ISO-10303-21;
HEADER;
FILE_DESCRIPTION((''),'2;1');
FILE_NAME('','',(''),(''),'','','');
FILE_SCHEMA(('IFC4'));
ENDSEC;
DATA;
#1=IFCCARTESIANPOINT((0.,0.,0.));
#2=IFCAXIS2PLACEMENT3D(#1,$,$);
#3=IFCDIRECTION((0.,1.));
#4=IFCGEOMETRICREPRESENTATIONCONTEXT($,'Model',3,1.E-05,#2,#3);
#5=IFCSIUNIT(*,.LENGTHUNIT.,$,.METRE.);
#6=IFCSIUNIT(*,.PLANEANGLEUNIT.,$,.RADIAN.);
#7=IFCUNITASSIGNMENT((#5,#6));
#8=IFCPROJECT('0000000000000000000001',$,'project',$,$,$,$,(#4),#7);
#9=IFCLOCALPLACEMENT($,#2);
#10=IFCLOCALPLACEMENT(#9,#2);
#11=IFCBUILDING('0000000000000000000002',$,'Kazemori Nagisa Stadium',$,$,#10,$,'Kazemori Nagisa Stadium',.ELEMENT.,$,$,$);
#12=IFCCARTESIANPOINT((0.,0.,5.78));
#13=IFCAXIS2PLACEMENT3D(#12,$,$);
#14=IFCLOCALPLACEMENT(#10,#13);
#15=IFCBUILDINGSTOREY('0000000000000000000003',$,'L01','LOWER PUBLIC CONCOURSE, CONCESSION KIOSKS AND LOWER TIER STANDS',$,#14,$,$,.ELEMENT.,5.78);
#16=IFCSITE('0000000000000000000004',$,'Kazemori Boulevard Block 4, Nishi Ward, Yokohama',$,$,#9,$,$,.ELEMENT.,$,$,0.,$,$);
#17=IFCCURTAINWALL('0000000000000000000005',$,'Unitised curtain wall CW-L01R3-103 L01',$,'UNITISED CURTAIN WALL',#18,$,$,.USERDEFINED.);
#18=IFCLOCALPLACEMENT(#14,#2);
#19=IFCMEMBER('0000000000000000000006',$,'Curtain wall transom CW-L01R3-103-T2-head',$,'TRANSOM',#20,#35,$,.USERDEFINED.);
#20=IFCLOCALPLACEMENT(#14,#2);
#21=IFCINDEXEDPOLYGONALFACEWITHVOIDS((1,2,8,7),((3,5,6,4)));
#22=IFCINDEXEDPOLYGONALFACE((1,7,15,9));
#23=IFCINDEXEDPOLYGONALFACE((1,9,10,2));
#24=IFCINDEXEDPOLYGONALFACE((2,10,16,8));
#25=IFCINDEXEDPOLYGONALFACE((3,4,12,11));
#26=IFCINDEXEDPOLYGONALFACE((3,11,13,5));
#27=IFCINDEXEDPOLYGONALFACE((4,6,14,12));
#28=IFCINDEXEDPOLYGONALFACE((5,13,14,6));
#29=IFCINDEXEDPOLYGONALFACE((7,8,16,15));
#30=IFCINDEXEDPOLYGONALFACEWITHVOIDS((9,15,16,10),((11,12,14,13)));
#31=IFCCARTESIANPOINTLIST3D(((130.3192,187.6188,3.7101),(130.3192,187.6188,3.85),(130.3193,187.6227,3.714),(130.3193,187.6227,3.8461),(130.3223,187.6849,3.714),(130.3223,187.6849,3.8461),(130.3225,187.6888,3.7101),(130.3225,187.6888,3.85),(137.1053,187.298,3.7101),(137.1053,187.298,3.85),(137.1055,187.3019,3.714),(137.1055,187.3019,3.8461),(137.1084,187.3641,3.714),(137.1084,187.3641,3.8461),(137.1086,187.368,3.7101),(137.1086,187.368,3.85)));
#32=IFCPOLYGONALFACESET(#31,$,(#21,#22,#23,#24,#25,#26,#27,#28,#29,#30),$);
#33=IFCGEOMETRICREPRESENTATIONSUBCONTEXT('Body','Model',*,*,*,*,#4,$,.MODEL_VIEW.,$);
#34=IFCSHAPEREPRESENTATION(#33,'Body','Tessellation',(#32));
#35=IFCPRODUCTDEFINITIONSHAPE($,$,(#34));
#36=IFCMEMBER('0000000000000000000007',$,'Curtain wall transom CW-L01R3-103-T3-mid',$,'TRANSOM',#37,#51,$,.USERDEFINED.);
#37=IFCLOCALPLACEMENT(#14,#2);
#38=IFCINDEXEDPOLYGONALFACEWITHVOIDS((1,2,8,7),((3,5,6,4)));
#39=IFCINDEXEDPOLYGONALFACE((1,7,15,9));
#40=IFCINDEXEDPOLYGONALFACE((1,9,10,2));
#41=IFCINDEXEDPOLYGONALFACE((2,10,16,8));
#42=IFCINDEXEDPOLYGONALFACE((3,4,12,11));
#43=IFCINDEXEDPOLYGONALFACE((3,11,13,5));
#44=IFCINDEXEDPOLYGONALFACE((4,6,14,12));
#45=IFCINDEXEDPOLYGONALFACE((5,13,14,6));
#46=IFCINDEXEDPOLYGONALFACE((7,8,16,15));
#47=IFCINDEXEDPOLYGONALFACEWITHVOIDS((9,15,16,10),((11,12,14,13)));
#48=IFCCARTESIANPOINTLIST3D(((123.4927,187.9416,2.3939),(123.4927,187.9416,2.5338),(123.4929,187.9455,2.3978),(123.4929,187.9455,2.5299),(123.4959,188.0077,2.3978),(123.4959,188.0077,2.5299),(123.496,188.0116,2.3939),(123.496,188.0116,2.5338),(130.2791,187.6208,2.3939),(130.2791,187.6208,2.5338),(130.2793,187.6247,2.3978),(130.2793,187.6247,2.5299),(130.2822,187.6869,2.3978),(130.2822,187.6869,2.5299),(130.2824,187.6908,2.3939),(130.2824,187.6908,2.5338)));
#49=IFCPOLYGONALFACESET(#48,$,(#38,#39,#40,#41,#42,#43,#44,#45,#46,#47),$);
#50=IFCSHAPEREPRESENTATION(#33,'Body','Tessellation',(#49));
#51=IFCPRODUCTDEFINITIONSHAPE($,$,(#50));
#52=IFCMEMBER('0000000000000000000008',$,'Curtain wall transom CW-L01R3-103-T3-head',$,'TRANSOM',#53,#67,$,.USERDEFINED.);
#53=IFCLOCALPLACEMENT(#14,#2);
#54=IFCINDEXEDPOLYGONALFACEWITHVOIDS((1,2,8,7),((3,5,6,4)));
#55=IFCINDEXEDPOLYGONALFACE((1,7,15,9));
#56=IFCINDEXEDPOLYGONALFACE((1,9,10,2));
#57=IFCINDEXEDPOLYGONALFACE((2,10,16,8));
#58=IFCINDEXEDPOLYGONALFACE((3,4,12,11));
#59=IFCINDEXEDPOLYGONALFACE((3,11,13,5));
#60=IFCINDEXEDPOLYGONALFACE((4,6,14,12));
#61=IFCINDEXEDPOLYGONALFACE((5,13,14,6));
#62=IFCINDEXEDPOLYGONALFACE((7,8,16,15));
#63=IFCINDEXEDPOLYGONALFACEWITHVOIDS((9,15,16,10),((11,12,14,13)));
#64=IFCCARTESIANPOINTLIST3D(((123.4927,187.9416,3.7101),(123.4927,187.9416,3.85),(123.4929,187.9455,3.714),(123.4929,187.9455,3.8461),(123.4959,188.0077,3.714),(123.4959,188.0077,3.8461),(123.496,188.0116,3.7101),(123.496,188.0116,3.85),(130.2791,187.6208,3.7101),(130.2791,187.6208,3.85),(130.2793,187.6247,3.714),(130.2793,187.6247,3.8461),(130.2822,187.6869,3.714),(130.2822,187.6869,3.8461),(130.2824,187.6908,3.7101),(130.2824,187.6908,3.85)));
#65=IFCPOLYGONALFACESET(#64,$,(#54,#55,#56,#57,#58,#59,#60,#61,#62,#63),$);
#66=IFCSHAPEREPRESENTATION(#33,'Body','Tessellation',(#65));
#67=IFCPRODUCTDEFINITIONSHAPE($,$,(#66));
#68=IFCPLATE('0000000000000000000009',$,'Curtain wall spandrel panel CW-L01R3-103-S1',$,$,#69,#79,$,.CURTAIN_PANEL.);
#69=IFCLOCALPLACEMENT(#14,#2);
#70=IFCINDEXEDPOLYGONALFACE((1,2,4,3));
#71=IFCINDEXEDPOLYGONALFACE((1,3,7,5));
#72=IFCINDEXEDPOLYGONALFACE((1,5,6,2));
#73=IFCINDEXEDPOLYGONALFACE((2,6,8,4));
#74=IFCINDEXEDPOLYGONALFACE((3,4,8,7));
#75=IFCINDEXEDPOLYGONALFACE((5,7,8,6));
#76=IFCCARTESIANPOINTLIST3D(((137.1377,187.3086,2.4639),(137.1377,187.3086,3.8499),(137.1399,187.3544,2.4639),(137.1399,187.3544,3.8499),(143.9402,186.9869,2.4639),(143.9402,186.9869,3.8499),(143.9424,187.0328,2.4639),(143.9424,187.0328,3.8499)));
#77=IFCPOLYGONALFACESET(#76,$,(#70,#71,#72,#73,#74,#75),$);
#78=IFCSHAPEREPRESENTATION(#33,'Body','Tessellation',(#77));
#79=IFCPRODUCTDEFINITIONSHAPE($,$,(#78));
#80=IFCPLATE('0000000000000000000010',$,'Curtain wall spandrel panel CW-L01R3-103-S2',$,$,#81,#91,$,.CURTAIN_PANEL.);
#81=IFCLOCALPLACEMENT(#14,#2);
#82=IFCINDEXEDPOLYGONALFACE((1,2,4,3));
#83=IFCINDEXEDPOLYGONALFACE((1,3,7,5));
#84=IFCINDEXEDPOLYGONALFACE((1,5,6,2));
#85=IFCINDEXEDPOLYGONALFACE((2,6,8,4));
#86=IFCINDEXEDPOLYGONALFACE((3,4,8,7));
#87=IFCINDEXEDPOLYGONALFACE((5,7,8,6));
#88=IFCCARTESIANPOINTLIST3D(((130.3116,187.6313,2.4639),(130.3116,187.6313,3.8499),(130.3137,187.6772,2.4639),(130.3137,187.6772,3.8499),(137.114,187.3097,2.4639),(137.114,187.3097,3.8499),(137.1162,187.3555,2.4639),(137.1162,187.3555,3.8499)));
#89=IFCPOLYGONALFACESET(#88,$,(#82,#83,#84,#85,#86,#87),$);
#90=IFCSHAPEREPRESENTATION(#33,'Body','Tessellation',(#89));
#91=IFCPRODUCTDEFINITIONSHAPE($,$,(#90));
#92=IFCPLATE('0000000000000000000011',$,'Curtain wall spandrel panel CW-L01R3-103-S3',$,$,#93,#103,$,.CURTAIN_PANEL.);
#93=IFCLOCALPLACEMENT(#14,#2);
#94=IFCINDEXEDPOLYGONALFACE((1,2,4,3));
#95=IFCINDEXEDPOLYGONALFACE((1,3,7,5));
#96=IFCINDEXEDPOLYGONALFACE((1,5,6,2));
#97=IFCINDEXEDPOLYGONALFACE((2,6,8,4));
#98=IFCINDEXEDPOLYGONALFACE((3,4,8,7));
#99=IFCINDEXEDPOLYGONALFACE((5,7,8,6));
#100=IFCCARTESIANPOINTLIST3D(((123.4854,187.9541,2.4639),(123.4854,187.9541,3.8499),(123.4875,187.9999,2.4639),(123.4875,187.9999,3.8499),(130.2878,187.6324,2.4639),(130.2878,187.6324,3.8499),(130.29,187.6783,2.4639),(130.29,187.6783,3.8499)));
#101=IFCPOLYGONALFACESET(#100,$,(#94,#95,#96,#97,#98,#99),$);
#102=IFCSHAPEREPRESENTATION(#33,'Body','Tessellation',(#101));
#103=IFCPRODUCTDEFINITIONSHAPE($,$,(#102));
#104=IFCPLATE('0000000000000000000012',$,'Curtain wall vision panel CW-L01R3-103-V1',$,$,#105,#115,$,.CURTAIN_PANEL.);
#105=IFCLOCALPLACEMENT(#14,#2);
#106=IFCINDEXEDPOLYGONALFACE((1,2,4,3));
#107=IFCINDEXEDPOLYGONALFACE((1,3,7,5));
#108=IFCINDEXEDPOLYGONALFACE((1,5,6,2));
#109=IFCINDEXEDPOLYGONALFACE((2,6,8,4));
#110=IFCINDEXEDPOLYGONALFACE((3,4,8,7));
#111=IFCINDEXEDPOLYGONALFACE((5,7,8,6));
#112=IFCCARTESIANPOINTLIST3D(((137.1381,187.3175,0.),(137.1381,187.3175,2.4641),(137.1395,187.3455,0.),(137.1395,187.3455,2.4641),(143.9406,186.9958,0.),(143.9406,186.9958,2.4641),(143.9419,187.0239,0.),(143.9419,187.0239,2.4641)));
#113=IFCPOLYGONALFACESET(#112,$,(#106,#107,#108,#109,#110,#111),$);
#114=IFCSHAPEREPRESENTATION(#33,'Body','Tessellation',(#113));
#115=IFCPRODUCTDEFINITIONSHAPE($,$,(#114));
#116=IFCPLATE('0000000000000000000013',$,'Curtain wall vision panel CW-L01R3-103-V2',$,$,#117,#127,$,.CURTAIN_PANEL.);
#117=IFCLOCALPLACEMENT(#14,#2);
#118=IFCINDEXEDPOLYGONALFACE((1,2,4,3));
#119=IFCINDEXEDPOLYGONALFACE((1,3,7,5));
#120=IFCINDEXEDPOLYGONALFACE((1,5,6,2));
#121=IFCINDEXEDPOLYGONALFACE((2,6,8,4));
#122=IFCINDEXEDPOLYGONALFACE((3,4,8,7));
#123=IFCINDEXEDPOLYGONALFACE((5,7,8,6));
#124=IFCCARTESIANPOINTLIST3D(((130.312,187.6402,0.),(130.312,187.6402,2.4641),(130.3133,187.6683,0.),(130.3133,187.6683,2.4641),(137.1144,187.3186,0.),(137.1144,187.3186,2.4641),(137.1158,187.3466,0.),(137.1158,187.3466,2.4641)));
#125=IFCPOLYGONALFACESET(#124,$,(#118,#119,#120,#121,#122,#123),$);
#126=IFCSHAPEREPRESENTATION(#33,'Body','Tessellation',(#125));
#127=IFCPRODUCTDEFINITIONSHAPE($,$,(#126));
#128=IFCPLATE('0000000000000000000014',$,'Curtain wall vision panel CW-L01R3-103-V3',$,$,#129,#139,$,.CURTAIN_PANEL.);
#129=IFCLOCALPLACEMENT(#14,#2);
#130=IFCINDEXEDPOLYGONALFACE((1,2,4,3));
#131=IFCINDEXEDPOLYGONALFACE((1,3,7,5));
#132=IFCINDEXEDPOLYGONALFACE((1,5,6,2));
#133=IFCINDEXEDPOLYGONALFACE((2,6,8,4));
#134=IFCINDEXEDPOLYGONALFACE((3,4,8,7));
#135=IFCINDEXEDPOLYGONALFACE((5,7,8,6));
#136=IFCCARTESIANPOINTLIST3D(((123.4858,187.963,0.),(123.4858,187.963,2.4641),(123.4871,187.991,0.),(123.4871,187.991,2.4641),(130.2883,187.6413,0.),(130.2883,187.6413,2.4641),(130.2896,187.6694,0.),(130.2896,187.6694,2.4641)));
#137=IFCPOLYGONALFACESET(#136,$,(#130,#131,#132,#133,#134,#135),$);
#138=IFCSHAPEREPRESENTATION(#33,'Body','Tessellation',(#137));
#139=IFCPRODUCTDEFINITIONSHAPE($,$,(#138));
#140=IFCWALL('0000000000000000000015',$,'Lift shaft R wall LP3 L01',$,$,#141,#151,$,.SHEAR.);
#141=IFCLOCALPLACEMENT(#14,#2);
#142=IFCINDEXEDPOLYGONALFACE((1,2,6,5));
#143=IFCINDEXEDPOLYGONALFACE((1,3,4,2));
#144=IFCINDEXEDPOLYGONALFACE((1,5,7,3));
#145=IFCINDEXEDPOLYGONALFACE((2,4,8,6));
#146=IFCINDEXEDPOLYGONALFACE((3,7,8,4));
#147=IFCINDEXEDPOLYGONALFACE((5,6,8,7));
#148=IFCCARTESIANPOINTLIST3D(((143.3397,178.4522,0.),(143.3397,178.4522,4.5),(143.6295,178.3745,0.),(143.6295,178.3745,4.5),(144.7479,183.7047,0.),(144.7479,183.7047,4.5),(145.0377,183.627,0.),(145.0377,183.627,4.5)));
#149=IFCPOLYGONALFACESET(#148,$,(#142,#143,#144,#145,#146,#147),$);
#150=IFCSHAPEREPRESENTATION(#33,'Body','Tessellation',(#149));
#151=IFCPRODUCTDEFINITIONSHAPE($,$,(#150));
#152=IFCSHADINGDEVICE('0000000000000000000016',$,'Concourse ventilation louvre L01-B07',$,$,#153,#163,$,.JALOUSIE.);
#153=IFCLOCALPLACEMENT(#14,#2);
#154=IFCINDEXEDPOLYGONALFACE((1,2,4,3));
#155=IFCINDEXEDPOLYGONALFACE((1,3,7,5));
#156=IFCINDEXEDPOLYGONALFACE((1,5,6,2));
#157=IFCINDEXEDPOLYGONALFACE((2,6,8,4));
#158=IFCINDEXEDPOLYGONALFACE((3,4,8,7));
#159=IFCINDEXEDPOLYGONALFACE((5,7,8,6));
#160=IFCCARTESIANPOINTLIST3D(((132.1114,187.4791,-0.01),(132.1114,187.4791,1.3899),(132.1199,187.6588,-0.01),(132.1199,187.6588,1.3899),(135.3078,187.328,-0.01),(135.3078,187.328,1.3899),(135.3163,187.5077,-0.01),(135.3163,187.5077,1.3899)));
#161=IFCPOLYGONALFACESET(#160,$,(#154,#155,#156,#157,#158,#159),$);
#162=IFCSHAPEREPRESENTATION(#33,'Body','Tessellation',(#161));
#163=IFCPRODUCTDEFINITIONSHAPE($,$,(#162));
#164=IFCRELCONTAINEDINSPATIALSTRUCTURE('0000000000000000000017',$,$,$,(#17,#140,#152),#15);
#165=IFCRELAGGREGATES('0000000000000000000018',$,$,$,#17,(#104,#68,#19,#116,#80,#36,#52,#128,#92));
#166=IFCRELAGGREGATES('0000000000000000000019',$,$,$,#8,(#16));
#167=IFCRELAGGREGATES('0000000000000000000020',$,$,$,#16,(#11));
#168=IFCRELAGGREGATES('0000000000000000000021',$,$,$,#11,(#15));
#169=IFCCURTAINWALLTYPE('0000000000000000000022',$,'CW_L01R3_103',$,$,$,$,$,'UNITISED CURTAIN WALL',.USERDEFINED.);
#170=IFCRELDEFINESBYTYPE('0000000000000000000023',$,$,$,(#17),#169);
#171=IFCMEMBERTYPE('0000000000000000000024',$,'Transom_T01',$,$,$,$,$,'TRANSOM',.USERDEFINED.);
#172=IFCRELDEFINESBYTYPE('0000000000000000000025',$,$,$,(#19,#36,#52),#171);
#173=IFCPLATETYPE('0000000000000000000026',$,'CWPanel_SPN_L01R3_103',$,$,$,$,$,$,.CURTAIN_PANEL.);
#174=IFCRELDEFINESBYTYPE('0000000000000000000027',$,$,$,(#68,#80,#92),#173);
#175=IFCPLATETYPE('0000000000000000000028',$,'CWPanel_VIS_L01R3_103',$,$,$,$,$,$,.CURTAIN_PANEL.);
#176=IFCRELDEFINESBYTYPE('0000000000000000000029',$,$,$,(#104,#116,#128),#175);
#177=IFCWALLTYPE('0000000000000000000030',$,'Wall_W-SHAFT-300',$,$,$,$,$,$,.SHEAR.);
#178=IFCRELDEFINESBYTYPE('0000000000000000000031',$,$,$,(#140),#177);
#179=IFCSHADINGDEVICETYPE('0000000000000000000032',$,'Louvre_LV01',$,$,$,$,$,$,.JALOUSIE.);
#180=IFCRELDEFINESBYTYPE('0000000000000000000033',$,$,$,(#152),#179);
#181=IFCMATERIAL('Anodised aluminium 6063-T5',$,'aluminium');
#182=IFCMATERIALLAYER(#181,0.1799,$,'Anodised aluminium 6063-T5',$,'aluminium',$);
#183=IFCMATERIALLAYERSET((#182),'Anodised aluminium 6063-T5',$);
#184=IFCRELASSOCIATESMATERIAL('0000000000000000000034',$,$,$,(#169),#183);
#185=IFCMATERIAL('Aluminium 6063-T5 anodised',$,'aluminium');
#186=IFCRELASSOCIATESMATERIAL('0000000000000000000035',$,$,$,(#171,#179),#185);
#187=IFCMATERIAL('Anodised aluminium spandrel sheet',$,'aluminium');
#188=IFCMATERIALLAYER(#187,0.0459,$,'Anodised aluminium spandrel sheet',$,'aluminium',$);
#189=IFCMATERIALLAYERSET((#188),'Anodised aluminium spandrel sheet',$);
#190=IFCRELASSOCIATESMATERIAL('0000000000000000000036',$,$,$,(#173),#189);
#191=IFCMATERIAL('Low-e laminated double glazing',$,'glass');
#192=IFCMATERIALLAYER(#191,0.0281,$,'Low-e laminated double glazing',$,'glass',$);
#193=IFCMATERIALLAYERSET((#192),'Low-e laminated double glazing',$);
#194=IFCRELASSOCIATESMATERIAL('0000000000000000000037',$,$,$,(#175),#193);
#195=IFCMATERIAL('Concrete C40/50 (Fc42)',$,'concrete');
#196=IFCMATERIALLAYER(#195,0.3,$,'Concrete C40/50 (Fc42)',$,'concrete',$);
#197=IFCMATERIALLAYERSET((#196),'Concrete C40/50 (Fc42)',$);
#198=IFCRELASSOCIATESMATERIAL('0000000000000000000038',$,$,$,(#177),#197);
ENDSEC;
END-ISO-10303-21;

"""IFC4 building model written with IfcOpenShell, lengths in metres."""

from ifc_helpers import new_model, si_unit, direction, frame, frame_2d, origin, origin_2d, place, context, subcontext, project, spatial, rectangle, hollow_rectangle, extrude, material, layer, layer_set, material_profile, profile_set, type_object, element, aggregate, save


model = new_model("IFC4")

# Units and contexts
model_context = context("Model", 3, precision=1e-05, world=origin(), true_north=direction((0.0, 1.0)))
body_context = subcontext(model_context, "Body", "Model", "MODEL_VIEW")
ifc_project = project(units=[si_unit("LENGTHUNIT", "METRE"), si_unit("PLANEANGLEUNIT", "RADIAN")], contexts=[model_context])

# Site, building, storey
site_placement = place(None, origin())
site = spatial("IfcSite", under=ifc_project, at=site_placement, Name="Kazemori Boulevard Block 4, Nishi Ward, Yokohama", CompositionType="ELEMENT", RefElevation=0.0)
building_placement = place(site_placement, origin())
building = spatial("IfcBuilding", under=site, at=building_placement, Name="Kazemori Nagisa Stadium", LongName="Kazemori Nagisa Stadium", CompositionType="ELEMENT")
storey_placement = place(building_placement, frame((0.0, 0.0, 5.78)))
storey = spatial("IfcBuildingStorey", under=building, at=storey_placement, Name="L01", Description="LOWER PUBLIC CONCOURSE, CONCESSION KIOSKS AND LOWER TIER STANDS", CompositionType="ELEMENT", Elevation=5.78)

# Shared definitions
ifc_material_1 = material(Name="Concrete C40/50 (Fc42)", Category="concrete")

# Curtain wall, members, plates
ifc_material_2 = material(Name="Anodised aluminium 6063-T5", Category="aluminium")
ifc_layer_1 = layer(ifc_material_2, 0.1799, Name="Anodised aluminium 6063-T5", Category="aluminium")
ifc_layer_set_1 = layer_set([ifc_layer_1], Name="Anodised aluminium 6063-T5")
curtain_wall_type = type_object("IfcCurtainWallType", Name="CW_L01R3_103", ElementType="UNITISED CURTAIN WALL", PredefinedType="USERDEFINED", material=ifc_layer_set_1)
curtain_wall_placement = place(storey_placement, origin())
curtain_wall = element("IfcCurtainWall", 1, at=curtain_wall_placement, inside=storey, type_object=curtain_wall_type, Name="Unitised curtain wall CW-L01R3-103 L01", ObjectType="UNITISED CURTAIN WALL", PredefinedType="USERDEFINED")
ifc_material_3 = material(Name="Aluminium 6063-T5 anodised", Category="aluminium")
ifc_material_profile_1 = material_profile(ifc_material_3, hollow_rectangle(XDim=0.0701, YDim=0.1399, WallThickness=0.0039, at=origin_2d()), Name="ALU-TRAN-70x140x4")
ifc_profile_set_1 = profile_set([ifc_material_profile_1], Name="Aluminium 6063-T5 anodised")
member_type_1 = type_object("IfcMemberType", Name="Transom_T01", ElementType="TRANSOM", PredefinedType="USERDEFINED", material=ifc_profile_set_1)
member_1_placement = place(storey_placement, frame((137.1069, 187.333, 3.78), z_axis=(-0.998885, 0.04722, 0.0), x_axis=(-0.04722, -0.998885, 0.0)))
member_1 = element("IfcMember", 2, at=member_1_placement, type_object=member_type_1, Name="Curtain wall transom CW-L01R3-103-T2-head", ObjectType="TRANSOM", PredefinedType="USERDEFINED", context=body_context, shape_type="SweptSolid", body=[
    extrude(hollow_rectangle(XDim=0.0701, YDim=0.1399, WallThickness=0.0039, at=origin_2d()), origin(), (0.0, 0.0, 1.0), 6.7937),
])
member_2_placement = place(storey_placement, frame((130.2808, 187.6558, 2.4639), z_axis=(-0.998885, 0.047219, 0.0), x_axis=(-0.047219, -0.998885, 0.0)))
member_2 = element("IfcMember", 3, at=member_2_placement, type_object=member_type_1, Name="Curtain wall transom CW-L01R3-103-T3-mid", ObjectType="TRANSOM", PredefinedType="USERDEFINED", context=body_context, shape_type="SweptSolid", body=[
    extrude(hollow_rectangle(XDim=0.0701, YDim=0.1399, WallThickness=0.0039, at=origin_2d()), origin(), (0.0, 0.0, 1.0), 6.7939),
])
member_3_placement = place(storey_placement, frame((130.2808, 187.6558, 3.78), z_axis=(-0.998885, 0.047219, 0.0), x_axis=(-0.047219, -0.998885, 0.0)))
member_3 = element("IfcMember", 4, at=member_3_placement, type_object=member_type_1, Name="Curtain wall transom CW-L01R3-103-T3-head", ObjectType="TRANSOM", PredefinedType="USERDEFINED", context=body_context, shape_type="SweptSolid", body=[
    extrude(hollow_rectangle(XDim=0.0701, YDim=0.1399, WallThickness=0.0039, at=origin_2d()), origin(), (0.0, 0.0, 1.0), 6.7939),
])
ifc_material_4 = material(Name="Anodised aluminium spandrel sheet", Category="aluminium")
ifc_layer_2 = layer(ifc_material_4, 0.0459, Name="Anodised aluminium spandrel sheet", Category="aluminium")
ifc_layer_set_2 = layer_set([ifc_layer_2], Name="Anodised aluminium spandrel sheet")
plate_type_1 = type_object("IfcPlateType", Name="CWPanel_SPN_L01R3_103", PredefinedType="CURTAIN_PANEL", material=ifc_layer_set_2)
plate_1_placement = place(storey_placement, frame((140.54, 187.1707, 2.4639), z_axis=(0.0, 0.0, 1.0), x_axis=(-0.998884, 0.04723, 0.0)))
plate_1 = element("IfcPlate", 5, at=plate_1_placement, type_object=plate_type_1, Name="Curtain wall spandrel panel CW-L01R3-103-S1", PredefinedType="CURTAIN_PANEL", context=body_context, shape_type="SweptSolid", body=[
    extrude(rectangle(XDim=6.8101, YDim=0.0459, at=origin_2d()), origin(), (0.0, 0.0, 1.0), 1.386),
])
plate_2_placement = place(storey_placement, frame((133.7139, 187.4934, 2.4639), z_axis=(0.0, 0.0, 1.0), x_axis=(-0.998884, 0.04723, 0.0)))
plate_2 = element("IfcPlate", 6, at=plate_2_placement, type_object=plate_type_1, Name="Curtain wall spandrel panel CW-L01R3-103-S2", PredefinedType="CURTAIN_PANEL", context=body_context, shape_type="SweptSolid", body=[
    extrude(rectangle(XDim=6.8101, YDim=0.0459, at=origin_2d()), origin(), (0.0, 0.0, 1.0), 1.386),
])
plate_3_placement = place(storey_placement, frame((126.8877, 187.8162, 2.4639), z_axis=(0.0, 0.0, 1.0), x_axis=(-0.998884, 0.04723, 0.0)))
plate_3 = element("IfcPlate", 7, at=plate_3_placement, type_object=plate_type_1, Name="Curtain wall spandrel panel CW-L01R3-103-S3", PredefinedType="CURTAIN_PANEL", context=body_context, shape_type="SweptSolid", body=[
    extrude(rectangle(XDim=6.8101, YDim=0.0459, at=origin_2d()), origin(), (0.0, 0.0, 1.0), 1.386),
])
ifc_material_5 = material(Name="Low-e laminated double glazing", Category="glass")
ifc_layer_3 = layer(ifc_material_5, 0.0281, Name="Low-e laminated double glazing", Category="glass")
ifc_layer_set_3 = layer_set([ifc_layer_3], Name="Low-e laminated double glazing")
plate_type_2 = type_object("IfcPlateType", Name="CWPanel_VIS_L01R3_103", PredefinedType="CURTAIN_PANEL", material=ifc_layer_set_3)
plate_4_placement = place(storey_placement, frame((140.54, 187.1707, 0.0), z_axis=(0.0, 0.0, 1.0), x_axis=(-0.998884, 0.04723, 0.0)))
plate_4 = element("IfcPlate", 8, at=plate_4_placement, type_object=plate_type_2, Name="Curtain wall vision panel CW-L01R3-103-V1", PredefinedType="CURTAIN_PANEL", context=body_context, shape_type="SweptSolid", body=[
    extrude(rectangle(XDim=6.8101, YDim=0.0281, at=origin_2d()), origin(), (0.0, 0.0, 1.0), 2.4641),
])
plate_5_placement = place(storey_placement, frame((133.7139, 187.4934, 0.0), z_axis=(0.0, 0.0, 1.0), x_axis=(-0.998884, 0.04723, 0.0)))
plate_5 = element("IfcPlate", 9, at=plate_5_placement, type_object=plate_type_2, Name="Curtain wall vision panel CW-L01R3-103-V2", PredefinedType="CURTAIN_PANEL", context=body_context, shape_type="SweptSolid", body=[
    extrude(rectangle(XDim=6.8101, YDim=0.0281, at=origin_2d()), origin(), (0.0, 0.0, 1.0), 2.4641),
])
plate_6_placement = place(storey_placement, frame((126.8877, 187.8162, 0.0), z_axis=(0.0, 0.0, 1.0), x_axis=(-0.998884, 0.04723, 0.0)))
plate_6 = element("IfcPlate", 10, at=plate_6_placement, type_object=plate_type_2, Name="Curtain wall vision panel CW-L01R3-103-V3", PredefinedType="CURTAIN_PANEL", context=body_context, shape_type="SweptSolid", body=[
    extrude(rectangle(XDim=6.8101, YDim=0.0281, at=origin_2d()), origin(), (0.0, 0.0, 1.0), 2.4641),
])
aggregate(curtain_wall, [plate_4, plate_1, member_1, plate_5, plate_2, member_2, member_3, plate_6, plate_3])

# Wall
ifc_layer_4 = layer(ifc_material_1, 0.3, Name="Concrete C40/50 (Fc42)", Category="concrete")
ifc_layer_set_4 = layer_set([ifc_layer_4], Name="Concrete C40/50 (Fc42)")
wall_type = type_object("IfcWallType", Name="Wall_W-SHAFT-300", PredefinedType="SHEAR", material=ifc_layer_set_4)
wall_placement = place(storey_placement, frame((143.4846, 178.4133, 0.0), z_axis=(0.0, 0.0, 1.0), x_axis=(0.258959, 0.965888, 0.0)))
element("IfcWall", 11, at=wall_placement, inside=storey, type_object=wall_type, Name="Lift shaft R wall LP3 L01", PredefinedType="SHEAR", context=body_context, shape_type="SweptSolid", body=[
    extrude(rectangle(XDim=5.438, YDim=0.3, at=frame_2d((2.719, 0.0))), origin(), (0.0, 0.0, 1.0), 4.5),
])

# Shading device
shading_device_type = type_object("IfcShadingDeviceType", Name="Louvre_LV01", PredefinedType="JALOUSIE", material=ifc_material_3)
shading_device_placement = place(storey_placement, frame((133.7139, 187.4934, -0.01), z_axis=(0.0, 0.0, 1.0), x_axis=(-0.998884, 0.04723, 0.0)))
element("IfcShadingDevice", 12, at=shading_device_placement, inside=storey, type_object=shading_device_type, Name="Concourse ventilation louvre L01-B07", PredefinedType="JALOUSIE", context=body_context, shape_type="SweptSolid", body=[
    extrude(rectangle(XDim=3.2, YDim=0.1799, at=origin_2d()), origin(), (0.0, 0.0, 1.0), 1.3999),
])

save(model, "model.ifc")
